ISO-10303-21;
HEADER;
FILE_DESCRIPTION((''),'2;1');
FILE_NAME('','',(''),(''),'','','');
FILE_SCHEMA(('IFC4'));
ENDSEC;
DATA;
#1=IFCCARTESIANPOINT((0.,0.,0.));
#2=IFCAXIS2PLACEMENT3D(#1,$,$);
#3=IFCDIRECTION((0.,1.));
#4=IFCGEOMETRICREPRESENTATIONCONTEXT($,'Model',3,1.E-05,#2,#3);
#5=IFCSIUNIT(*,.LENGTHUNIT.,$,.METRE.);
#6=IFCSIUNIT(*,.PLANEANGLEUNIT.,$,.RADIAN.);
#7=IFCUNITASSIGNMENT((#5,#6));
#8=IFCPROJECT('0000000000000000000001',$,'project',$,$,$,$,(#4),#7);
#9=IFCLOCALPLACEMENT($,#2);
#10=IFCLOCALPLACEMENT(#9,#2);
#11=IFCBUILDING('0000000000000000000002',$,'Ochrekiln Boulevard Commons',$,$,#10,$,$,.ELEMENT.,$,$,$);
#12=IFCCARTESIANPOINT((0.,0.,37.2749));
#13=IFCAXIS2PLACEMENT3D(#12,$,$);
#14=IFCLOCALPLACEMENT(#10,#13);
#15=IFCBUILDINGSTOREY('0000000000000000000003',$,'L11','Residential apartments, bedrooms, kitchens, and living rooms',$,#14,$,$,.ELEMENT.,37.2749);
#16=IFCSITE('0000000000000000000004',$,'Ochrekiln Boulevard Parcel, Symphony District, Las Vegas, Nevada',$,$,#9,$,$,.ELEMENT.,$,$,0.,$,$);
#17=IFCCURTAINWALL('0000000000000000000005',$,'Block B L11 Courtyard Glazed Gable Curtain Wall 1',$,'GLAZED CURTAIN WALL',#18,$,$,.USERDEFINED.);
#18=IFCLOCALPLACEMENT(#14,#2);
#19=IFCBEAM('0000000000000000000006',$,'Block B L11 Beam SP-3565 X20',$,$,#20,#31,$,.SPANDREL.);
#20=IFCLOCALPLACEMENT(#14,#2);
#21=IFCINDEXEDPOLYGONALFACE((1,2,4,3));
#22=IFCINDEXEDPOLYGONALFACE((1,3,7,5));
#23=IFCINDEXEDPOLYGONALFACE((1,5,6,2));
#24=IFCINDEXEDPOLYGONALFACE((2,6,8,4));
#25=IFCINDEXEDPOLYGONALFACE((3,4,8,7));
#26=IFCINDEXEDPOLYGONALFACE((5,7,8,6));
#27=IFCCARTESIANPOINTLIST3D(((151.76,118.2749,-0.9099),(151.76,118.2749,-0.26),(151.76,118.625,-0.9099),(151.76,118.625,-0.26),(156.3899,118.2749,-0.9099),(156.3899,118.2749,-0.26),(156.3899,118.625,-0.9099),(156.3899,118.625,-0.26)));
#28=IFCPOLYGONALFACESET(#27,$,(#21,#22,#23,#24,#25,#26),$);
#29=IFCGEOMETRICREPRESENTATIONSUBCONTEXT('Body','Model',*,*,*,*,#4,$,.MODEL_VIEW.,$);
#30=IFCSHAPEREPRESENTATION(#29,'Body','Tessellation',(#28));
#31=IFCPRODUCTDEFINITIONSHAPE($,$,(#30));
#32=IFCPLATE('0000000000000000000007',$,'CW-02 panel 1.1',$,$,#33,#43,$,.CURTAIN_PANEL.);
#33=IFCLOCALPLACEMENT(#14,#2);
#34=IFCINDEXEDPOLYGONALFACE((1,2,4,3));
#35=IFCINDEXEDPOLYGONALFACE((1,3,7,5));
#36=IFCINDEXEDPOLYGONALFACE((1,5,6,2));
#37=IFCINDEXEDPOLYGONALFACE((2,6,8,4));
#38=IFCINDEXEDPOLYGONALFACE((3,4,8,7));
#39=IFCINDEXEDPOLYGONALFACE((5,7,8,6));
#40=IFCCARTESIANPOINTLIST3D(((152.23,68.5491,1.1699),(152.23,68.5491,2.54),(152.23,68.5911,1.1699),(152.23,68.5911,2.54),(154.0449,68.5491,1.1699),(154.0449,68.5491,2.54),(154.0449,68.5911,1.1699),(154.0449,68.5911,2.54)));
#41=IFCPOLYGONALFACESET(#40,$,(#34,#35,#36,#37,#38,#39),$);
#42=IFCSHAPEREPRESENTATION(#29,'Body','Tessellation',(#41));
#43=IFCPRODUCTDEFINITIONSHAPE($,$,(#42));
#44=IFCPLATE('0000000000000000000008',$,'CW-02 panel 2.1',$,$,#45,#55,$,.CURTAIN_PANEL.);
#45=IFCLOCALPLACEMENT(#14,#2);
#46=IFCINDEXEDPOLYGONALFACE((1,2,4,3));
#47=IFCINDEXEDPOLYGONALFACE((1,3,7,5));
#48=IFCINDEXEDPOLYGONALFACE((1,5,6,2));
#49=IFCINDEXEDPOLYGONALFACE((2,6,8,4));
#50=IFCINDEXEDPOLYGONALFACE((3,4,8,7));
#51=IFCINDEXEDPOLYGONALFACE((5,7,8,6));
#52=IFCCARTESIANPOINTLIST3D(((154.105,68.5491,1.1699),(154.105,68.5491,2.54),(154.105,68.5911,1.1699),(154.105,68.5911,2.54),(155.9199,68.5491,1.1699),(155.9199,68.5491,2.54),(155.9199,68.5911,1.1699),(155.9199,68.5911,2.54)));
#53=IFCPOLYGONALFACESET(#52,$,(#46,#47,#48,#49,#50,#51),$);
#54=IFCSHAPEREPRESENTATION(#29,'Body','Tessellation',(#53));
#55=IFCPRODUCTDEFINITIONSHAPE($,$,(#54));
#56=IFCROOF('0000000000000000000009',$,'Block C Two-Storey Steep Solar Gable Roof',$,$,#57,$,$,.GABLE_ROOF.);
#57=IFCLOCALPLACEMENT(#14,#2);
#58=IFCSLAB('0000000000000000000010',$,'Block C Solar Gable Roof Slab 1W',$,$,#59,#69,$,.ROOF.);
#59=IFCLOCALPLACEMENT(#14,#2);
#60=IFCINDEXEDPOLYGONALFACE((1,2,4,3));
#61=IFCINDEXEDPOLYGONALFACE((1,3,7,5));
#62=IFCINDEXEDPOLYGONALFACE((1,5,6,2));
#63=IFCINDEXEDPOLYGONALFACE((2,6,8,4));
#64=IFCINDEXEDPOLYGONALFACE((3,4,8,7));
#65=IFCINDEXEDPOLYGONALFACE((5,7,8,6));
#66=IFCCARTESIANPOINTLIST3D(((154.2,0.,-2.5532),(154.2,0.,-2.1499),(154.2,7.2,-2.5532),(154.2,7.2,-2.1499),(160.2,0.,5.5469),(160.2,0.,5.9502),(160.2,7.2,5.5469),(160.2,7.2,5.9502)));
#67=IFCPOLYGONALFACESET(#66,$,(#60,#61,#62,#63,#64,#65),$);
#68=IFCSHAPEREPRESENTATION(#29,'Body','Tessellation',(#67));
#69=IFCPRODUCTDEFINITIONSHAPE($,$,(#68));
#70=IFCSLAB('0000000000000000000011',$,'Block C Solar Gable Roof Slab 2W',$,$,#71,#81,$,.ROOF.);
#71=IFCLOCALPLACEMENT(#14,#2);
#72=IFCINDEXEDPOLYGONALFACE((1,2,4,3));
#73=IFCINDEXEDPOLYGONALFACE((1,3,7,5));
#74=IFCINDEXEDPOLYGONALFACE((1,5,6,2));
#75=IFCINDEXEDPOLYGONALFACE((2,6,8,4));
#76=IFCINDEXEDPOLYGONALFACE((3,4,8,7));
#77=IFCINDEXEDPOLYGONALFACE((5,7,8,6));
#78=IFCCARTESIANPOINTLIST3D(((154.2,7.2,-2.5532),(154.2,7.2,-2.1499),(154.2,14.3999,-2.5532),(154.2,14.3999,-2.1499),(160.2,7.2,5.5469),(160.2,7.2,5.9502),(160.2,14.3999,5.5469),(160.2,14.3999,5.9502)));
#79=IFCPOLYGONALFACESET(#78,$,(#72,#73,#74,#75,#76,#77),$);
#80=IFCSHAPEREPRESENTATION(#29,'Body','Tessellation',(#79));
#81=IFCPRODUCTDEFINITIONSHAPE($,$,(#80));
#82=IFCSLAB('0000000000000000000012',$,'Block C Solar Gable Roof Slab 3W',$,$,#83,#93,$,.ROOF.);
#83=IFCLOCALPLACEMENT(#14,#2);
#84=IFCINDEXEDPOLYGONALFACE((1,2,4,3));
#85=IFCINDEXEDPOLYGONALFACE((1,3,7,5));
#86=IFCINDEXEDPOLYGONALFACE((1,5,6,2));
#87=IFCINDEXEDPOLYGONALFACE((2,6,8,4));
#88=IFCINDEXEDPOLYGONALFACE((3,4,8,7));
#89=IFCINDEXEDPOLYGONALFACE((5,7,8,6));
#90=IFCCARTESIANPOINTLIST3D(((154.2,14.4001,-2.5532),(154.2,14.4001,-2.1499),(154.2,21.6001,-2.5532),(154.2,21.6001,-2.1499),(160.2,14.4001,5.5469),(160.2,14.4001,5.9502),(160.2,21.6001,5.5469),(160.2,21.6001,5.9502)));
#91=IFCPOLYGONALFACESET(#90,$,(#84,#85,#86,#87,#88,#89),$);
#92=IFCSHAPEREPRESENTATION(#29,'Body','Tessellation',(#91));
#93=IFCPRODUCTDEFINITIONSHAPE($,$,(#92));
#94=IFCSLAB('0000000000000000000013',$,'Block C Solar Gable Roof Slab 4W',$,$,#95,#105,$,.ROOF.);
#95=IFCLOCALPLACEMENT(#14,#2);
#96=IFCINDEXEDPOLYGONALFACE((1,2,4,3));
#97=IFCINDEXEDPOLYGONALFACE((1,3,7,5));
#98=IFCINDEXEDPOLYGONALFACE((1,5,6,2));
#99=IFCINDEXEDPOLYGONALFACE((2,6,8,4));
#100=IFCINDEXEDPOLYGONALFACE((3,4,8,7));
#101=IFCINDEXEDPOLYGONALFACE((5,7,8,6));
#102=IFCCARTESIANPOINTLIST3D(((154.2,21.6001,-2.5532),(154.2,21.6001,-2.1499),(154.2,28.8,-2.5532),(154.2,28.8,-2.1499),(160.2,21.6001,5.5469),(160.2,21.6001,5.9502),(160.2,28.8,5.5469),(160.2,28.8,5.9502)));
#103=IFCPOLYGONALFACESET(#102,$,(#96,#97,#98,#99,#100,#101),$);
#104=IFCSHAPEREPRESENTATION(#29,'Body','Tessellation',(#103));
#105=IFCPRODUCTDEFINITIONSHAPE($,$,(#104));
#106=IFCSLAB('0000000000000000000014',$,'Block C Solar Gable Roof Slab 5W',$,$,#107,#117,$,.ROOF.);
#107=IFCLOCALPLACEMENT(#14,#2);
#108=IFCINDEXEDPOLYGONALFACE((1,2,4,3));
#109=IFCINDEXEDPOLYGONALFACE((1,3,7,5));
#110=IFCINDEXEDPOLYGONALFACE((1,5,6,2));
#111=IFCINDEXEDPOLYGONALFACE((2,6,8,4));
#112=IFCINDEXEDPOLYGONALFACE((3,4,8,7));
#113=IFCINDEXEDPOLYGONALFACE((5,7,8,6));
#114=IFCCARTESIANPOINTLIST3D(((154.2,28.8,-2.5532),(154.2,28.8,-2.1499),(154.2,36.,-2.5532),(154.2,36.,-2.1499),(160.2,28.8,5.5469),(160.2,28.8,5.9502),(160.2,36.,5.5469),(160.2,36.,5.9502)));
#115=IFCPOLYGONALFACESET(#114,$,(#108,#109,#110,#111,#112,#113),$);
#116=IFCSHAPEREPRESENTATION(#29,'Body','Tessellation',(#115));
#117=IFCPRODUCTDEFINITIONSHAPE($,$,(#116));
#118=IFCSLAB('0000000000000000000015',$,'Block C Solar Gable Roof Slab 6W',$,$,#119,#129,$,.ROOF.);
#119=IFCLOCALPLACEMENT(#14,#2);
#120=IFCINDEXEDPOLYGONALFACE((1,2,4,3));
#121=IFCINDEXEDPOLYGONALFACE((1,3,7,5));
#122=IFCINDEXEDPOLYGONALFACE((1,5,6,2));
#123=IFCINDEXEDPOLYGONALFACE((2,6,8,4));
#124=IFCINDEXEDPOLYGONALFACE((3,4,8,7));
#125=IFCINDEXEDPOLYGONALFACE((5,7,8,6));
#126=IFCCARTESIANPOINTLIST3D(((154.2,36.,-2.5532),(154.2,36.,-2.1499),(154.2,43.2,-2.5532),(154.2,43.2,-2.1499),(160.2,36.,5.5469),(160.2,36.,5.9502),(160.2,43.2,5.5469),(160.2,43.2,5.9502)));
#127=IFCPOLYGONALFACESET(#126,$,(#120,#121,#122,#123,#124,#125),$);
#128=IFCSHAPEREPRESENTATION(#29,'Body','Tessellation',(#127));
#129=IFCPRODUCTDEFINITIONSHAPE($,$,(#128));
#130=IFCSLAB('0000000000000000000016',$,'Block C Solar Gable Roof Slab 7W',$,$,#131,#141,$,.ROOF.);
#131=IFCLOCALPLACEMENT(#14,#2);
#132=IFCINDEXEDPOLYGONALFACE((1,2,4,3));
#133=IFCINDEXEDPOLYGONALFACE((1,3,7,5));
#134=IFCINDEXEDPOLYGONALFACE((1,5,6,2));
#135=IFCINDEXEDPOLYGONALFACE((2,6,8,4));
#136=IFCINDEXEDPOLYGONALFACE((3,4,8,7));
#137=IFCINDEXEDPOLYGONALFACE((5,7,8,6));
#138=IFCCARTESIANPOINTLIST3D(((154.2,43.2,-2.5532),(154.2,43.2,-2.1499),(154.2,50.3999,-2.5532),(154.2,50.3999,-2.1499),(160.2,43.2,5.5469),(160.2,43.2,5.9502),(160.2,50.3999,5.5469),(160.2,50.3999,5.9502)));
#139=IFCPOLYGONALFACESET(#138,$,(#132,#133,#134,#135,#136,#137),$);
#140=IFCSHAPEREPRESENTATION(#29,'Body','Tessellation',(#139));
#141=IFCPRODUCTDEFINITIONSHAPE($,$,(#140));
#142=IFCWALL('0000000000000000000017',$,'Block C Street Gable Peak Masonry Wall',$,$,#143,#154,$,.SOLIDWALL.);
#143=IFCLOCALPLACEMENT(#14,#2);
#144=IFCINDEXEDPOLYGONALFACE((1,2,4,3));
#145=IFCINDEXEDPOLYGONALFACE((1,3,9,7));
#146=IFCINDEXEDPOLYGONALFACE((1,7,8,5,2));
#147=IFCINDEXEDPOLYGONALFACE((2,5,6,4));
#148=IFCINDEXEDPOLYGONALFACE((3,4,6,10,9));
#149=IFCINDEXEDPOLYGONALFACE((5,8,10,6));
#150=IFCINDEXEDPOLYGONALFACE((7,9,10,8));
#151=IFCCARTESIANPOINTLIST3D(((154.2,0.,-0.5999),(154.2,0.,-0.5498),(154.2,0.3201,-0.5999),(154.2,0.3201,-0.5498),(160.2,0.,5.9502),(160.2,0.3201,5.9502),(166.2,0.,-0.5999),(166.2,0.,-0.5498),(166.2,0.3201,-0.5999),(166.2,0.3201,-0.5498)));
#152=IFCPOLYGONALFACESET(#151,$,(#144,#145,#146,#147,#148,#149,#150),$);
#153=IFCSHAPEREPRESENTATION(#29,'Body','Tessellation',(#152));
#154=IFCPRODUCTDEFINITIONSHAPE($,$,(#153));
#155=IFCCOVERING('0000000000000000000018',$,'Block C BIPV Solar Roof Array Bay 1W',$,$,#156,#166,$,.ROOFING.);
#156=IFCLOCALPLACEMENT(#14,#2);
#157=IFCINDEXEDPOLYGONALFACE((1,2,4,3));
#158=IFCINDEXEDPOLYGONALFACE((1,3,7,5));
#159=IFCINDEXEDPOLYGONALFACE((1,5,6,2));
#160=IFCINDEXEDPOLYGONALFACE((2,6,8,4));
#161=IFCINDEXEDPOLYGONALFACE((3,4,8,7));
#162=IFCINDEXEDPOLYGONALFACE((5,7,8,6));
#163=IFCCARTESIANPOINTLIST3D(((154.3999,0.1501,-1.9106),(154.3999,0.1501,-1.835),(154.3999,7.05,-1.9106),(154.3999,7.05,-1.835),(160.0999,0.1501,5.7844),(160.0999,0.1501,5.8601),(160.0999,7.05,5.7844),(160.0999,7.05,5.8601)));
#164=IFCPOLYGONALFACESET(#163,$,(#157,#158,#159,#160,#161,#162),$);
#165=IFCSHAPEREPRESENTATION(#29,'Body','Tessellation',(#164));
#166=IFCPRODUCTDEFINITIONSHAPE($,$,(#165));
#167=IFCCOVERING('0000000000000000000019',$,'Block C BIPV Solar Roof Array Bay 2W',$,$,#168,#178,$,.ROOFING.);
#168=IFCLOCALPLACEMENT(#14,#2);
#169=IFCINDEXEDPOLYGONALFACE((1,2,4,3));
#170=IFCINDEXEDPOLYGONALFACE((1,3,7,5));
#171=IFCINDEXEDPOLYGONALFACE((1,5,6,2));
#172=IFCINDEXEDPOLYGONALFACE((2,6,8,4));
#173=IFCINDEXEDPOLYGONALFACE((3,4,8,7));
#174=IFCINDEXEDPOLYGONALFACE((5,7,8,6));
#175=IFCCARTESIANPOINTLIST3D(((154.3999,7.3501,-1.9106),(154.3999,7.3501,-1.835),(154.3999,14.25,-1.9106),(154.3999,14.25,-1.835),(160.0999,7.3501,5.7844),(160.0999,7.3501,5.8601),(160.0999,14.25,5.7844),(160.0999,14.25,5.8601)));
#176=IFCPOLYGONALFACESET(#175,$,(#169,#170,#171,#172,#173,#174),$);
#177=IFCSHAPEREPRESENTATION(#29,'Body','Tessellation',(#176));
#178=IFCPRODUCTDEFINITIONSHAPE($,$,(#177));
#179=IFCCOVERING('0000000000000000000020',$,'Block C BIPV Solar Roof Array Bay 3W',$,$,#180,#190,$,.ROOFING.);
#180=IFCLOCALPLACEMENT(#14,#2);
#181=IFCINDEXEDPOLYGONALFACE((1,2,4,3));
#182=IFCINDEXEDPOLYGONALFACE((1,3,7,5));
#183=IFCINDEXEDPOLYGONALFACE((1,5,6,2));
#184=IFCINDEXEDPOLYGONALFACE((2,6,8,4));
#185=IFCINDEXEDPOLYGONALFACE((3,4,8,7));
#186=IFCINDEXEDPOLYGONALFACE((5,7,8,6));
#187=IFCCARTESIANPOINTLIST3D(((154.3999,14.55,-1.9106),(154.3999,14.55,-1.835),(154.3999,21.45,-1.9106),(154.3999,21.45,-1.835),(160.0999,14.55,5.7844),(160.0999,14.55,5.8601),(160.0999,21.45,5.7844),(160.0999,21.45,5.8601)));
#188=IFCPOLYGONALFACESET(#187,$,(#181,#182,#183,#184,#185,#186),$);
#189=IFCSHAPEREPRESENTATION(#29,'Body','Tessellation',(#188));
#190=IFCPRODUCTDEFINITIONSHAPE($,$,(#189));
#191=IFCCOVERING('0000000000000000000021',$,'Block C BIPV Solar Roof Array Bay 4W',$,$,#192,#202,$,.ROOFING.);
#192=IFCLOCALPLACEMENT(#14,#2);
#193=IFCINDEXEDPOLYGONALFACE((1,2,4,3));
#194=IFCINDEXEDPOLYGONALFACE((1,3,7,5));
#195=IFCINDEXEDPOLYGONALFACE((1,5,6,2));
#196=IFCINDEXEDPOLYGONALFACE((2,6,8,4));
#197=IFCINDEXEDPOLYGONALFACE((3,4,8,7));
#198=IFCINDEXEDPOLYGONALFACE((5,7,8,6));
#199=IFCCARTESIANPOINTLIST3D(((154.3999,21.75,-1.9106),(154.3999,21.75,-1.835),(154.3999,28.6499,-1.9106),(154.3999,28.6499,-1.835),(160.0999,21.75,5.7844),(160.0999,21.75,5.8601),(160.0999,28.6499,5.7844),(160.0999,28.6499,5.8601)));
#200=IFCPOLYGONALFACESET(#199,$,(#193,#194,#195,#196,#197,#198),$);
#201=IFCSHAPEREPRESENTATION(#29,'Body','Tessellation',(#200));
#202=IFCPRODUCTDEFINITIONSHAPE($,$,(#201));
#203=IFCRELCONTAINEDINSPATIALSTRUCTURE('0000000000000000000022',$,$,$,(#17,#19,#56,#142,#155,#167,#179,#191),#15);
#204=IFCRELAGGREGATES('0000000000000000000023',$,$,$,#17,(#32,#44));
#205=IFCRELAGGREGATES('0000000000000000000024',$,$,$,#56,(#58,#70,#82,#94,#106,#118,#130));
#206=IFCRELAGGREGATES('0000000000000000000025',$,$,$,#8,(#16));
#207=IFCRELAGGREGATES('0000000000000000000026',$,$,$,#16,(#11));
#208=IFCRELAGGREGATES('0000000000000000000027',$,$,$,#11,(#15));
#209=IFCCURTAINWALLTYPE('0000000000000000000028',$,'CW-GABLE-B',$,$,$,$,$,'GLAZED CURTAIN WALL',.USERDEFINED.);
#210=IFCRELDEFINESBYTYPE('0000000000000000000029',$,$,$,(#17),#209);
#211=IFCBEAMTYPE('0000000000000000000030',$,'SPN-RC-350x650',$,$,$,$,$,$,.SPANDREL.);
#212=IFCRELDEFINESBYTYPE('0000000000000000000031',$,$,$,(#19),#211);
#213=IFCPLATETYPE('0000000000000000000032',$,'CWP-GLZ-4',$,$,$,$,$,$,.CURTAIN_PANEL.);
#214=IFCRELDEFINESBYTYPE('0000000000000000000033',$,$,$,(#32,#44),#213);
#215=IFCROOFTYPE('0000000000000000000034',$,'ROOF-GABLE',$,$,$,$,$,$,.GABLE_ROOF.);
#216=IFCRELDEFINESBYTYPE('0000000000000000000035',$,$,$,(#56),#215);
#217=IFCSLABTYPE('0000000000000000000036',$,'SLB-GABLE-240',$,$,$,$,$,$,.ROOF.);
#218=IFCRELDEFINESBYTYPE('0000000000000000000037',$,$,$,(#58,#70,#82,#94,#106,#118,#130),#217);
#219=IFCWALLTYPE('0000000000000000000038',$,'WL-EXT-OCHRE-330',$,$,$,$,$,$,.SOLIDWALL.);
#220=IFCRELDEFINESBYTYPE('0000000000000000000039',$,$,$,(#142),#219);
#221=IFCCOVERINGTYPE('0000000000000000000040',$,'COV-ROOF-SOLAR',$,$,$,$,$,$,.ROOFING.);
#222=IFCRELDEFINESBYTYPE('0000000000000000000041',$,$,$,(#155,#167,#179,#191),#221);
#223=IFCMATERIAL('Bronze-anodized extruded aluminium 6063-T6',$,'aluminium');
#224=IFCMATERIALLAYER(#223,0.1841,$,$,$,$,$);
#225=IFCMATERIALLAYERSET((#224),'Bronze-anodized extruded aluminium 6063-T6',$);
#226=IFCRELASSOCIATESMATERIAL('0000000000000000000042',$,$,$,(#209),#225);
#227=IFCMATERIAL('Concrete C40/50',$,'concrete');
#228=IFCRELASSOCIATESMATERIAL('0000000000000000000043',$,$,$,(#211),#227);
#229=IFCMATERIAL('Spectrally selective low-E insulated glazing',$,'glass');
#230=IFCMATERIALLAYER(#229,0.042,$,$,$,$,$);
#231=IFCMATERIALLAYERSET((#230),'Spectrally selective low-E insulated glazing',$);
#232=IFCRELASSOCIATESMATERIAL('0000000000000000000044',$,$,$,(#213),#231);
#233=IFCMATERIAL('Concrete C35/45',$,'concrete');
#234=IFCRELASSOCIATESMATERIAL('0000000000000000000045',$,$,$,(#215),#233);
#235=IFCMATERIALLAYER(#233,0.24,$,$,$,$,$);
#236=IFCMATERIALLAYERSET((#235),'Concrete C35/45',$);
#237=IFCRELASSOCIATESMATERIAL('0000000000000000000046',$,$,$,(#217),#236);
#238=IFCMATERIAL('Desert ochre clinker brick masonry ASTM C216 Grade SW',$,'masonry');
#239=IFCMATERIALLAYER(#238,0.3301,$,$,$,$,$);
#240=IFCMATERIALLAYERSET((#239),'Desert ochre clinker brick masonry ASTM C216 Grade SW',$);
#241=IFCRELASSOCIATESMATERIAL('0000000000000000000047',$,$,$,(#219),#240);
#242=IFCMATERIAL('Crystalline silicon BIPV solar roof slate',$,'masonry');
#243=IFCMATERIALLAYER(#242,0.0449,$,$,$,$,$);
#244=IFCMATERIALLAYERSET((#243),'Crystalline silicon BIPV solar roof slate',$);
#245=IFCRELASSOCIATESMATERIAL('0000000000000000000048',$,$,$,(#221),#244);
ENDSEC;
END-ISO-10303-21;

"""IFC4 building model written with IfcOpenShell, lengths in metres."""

from ifc_helpers import new_model, si_unit, direction, frame, origin, origin_2d, place, context, subcontext, project, spatial, polyline, rectangle, outline, extrude, material, layer, layer_set, material_profile, profile_set, type_object, element, aggregate, save


model = new_model("IFC4")

# Units and contexts
model_context = context("Model", 3, precision=1e-05, world=origin(), true_north=direction((0.0, 1.0)))
body_context = subcontext(model_context, "Body", "Model", "MODEL_VIEW")
ifc_project = project(units=[si_unit("LENGTHUNIT", "METRE"), si_unit("PLANEANGLEUNIT", "RADIAN")], contexts=[model_context])

# Site, building, storey
site_placement = place(None, origin())
site = spatial("IfcSite", under=ifc_project, at=site_placement, Name="Ochrekiln Boulevard Parcel, Symphony District, Las Vegas, Nevada", CompositionType="ELEMENT", RefElevation=0.0)
building_placement = place(site_placement, origin())
building = spatial("IfcBuilding", under=site, at=building_placement, Name="Ochrekiln Boulevard Commons", CompositionType="ELEMENT")
storey_placement = place(building_placement, frame((0.0, 0.0, 37.2749)))
storey = spatial("IfcBuildingStorey", under=building, at=storey_placement, Name="L11", Description="Residential apartments, bedrooms, kitchens, and living rooms", CompositionType="ELEMENT", Elevation=37.2749)

# Shared definitions
ifc_material_1 = material(Name="Concrete C35/45", Category="concrete")

# Curtain wall
ifc_material_2 = material(Name="Bronze-anodized extruded aluminium 6063-T6", Category="aluminium")
ifc_layer_1 = layer(ifc_material_2, 0.1841)
ifc_layer_set_1 = layer_set([ifc_layer_1], Name="Bronze-anodized extruded aluminium 6063-T6")
curtain_wall_type = type_object("IfcCurtainWallType", Name="CW-GABLE-B", ElementType="GLAZED CURTAIN WALL", PredefinedType="USERDEFINED", material=ifc_layer_set_1)
curtain_wall_placement = place(storey_placement, origin())
curtain_wall = element("IfcCurtainWall", 1, at=curtain_wall_placement, inside=storey, type_object=curtain_wall_type, Name="Block B L11 Courtyard Glazed Gable Curtain Wall 1", ObjectType="GLAZED CURTAIN WALL", PredefinedType="USERDEFINED")

# Beam
ifc_material_3 = material(Name="Concrete C40/50", Category="concrete")
ifc_material_profile_1 = material_profile(ifc_material_3, rectangle(XDim=0.3501, YDim=0.6499, at=origin_2d()), Name="RC-SPN-350x650")
ifc_profile_set_1 = profile_set([ifc_material_profile_1], Name="Concrete C40/50")
beam_type_1 = type_object("IfcBeamType", Name="SPN-RC-350x650", PredefinedType="SPANDREL", material=ifc_profile_set_1)
for number, where, z_axis, x_axis, name in (
    (2, (151.76, 118.45, -0.585), (1.0, 0.0, 0.0), (0.0, 1.0, 0.0), "Block B L11 Beam SP-3565 X20"),
):
    element("IfcBeam", number, at=place(storey_placement, frame(where, z_axis=z_axis, x_axis=x_axis)), inside=storey, type_object=beam_type_1, Name=name, PredefinedType="SPANDREL", context=body_context, shape_type="SweptSolid", body=[
        extrude(rectangle(XDim=0.3501, YDim=0.6499, at=origin_2d()), origin(), (0.0, 0.0, 1.0), 4.6299),
    ])

# Plates
ifc_material_4 = material(Name="Spectrally selective low-E insulated glazing", Category="glass")
ifc_layer_2 = layer(ifc_material_4, 0.042)
ifc_layer_set_2 = layer_set([ifc_layer_2], Name="Spectrally selective low-E insulated glazing")
plate_type = type_object("IfcPlateType", Name="CWP-GLZ-4", PredefinedType="CURTAIN_PANEL", material=ifc_layer_set_2)
plate_1_placement = place(storey_placement, frame((153.1375, 68.5701, 1.1699), z_axis=(0.0, 0.0, 1.0), x_axis=(1.0, 0.0, 0.0)))
plate_1 = element("IfcPlate", 3, at=plate_1_placement, type_object=plate_type, Name="CW-02 panel 1.1", PredefinedType="CURTAIN_PANEL", context=body_context, shape_type="SweptSolid", body=[
    extrude(rectangle(XDim=1.8149, YDim=0.042, at=origin_2d()), origin(), (0.0, 0.0, 1.0), 1.3701),
])
plate_2_placement = place(storey_placement, frame((155.0125, 68.5701, 1.1699), z_axis=(0.0, 0.0, 1.0), x_axis=(1.0, 0.0, 0.0)))
plate_2 = element("IfcPlate", 4, at=plate_2_placement, type_object=plate_type, Name="CW-02 panel 2.1", PredefinedType="CURTAIN_PANEL", context=body_context, shape_type="SweptSolid", body=[
    extrude(rectangle(XDim=1.8149, YDim=0.042, at=origin_2d()), origin(), (0.0, 0.0, 1.0), 1.3701),
])
aggregate(curtain_wall, [plate_1, plate_2])

# Roof, slabs
roof_type = type_object("IfcRoofType", Name="ROOF-GABLE", PredefinedType="GABLE_ROOF", material=ifc_material_1)
roof_placement = place(storey_placement, origin())
roof = element("IfcRoof", 5, at=roof_placement, inside=storey, type_object=roof_type, Name="Block C Two-Storey Steep Solar Gable Roof", PredefinedType="GABLE_ROOF")
ifc_layer_3 = layer(ifc_material_1, 0.24)
ifc_layer_set_3 = layer_set([ifc_layer_3], Name="Concrete C35/45")
slab_type = type_object("IfcSlabType", Name="SLB-GABLE-240", PredefinedType="ROOF", material=ifc_layer_set_3)
slab_1_placement = place(storey_placement, frame((154.2, 7.2, -2.1499), z_axis=(0.0, -1.0, 0.0), x_axis=(1.0, 0.0, 0.0)))
slab_1 = element("IfcSlab", 6, at=slab_1_placement, type_object=slab_type, Name="Block C Solar Gable Roof Slab 1W", PredefinedType="ROOF", context=body_context, shape_type="SweptSolid", body=[
    extrude(outline(polyline([(0.0, 0.0), (6.0, 8.1001), (6.0, 7.6968), (0.0, -0.4033), (0.0, 0.0)])), origin(), (0.0, 0.0, 1.0), 7.2),
])
slab_2_placement = place(storey_placement, frame((154.2, 14.3999, -2.1499), z_axis=(0.0, -1.0, 0.0), x_axis=(1.0, 0.0, 0.0)))
slab_2 = element("IfcSlab", 7, at=slab_2_placement, type_object=slab_type, Name="Block C Solar Gable Roof Slab 2W", PredefinedType="ROOF", context=body_context, shape_type="SweptSolid", body=[
    extrude(outline(polyline([(0.0, 0.0), (6.0, 8.1001), (6.0, 7.6968), (0.0, -0.4033), (0.0, 0.0)])), origin(), (0.0, 0.0, 1.0), 7.2),
])
slab_3_placement = place(storey_placement, frame((154.2, 21.6001, -2.1499), z_axis=(0.0, -1.0, 0.0), x_axis=(1.0, 0.0, 0.0)))
slab_3 = element("IfcSlab", 8, at=slab_3_placement, type_object=slab_type, Name="Block C Solar Gable Roof Slab 3W", PredefinedType="ROOF", context=body_context, shape_type="SweptSolid", body=[
    extrude(outline(polyline([(0.0, 0.0), (6.0, 8.1001), (6.0, 7.6968), (0.0, -0.4033), (0.0, 0.0)])), origin(), (0.0, 0.0, 1.0), 7.2),
])
slab_4_placement = place(storey_placement, frame((154.2, 28.8, -2.1499), z_axis=(0.0, -1.0, 0.0), x_axis=(1.0, 0.0, 0.0)))
slab_4 = element("IfcSlab", 9, at=slab_4_placement, type_object=slab_type, Name="Block C Solar Gable Roof Slab 4W", PredefinedType="ROOF", context=body_context, shape_type="SweptSolid", body=[
    extrude(outline(polyline([(0.0, 0.0), (6.0, 8.1001), (6.0, 7.6968), (0.0, -0.4033), (0.0, 0.0)])), origin(), (0.0, 0.0, 1.0), 7.2),
])
slab_5_placement = place(storey_placement, frame((154.2, 36.0, -2.1499), z_axis=(0.0, -1.0, 0.0), x_axis=(1.0, 0.0, 0.0)))
slab_5 = element("IfcSlab", 10, at=slab_5_placement, type_object=slab_type, Name="Block C Solar Gable Roof Slab 5W", PredefinedType="ROOF", context=body_context, shape_type="SweptSolid", body=[
    extrude(outline(polyline([(0.0, 0.0), (6.0, 8.1001), (6.0, 7.6968), (0.0, -0.4033), (0.0, 0.0)])), origin(), (0.0, 0.0, 1.0), 7.2),
])
slab_6_placement = place(storey_placement, frame((154.2, 43.2, -2.1499), z_axis=(0.0, -1.0, 0.0), x_axis=(1.0, 0.0, 0.0)))
slab_6 = element("IfcSlab", 11, at=slab_6_placement, type_object=slab_type, Name="Block C Solar Gable Roof Slab 6W", PredefinedType="ROOF", context=body_context, shape_type="SweptSolid", body=[
    extrude(outline(polyline([(0.0, 0.0), (6.0, 8.1001), (6.0, 7.6968), (0.0, -0.4033), (0.0, 0.0)])), origin(), (0.0, 0.0, 1.0), 7.2),
])
slab_7_placement = place(storey_placement, frame((154.2, 50.3999, -2.1499), z_axis=(0.0, -1.0, 0.0), x_axis=(1.0, 0.0, 0.0)))
slab_7 = element("IfcSlab", 12, at=slab_7_placement, type_object=slab_type, Name="Block C Solar Gable Roof Slab 7W", PredefinedType="ROOF", context=body_context, shape_type="SweptSolid", body=[
    extrude(outline(polyline([(0.0, 0.0), (6.0, 8.1001), (6.0, 7.6968), (0.0, -0.4033), (0.0, 0.0)])), origin(), (0.0, 0.0, 1.0), 7.2),
])
aggregate(roof, [slab_1, slab_2, slab_3, slab_4, slab_5, slab_6, slab_7])

# Wall
ifc_material_5 = material(Name="Desert ochre clinker brick masonry ASTM C216 Grade SW", Category="masonry")
ifc_layer_4 = layer(ifc_material_5, 0.3301)
ifc_layer_set_4 = layer_set([ifc_layer_4], Name="Desert ochre clinker brick masonry ASTM C216 Grade SW")
wall_type = type_object("IfcWallType", Name="WL-EXT-OCHRE-330", PredefinedType="SOLIDWALL", material=ifc_layer_set_4)
wall_placement = place(storey_placement, frame((154.2, 0.1599, -0.5999), z_axis=(0.0, 0.0, 1.0), x_axis=(1.0, 0.0, 0.0)))
element("IfcWall", 13, at=wall_placement, inside=storey, type_object=wall_type, Name="Block C Street Gable Peak Masonry Wall", PredefinedType="SOLIDWALL", context=body_context, shape_type="SweptSolid", body=[
    extrude(outline(polyline([(0.0, 0.0), (12.0, 0.0), (12.0, 0.05), (6.0, 6.55), (0.0, 0.05), (0.0, 0.0)])), frame((0.0, 0.1602, 0.0), z_axis=(0.0, -1.0, 0.0), x_axis=(1.0, 0.0, 0.0)), (0.0, 0.0, 1.0), 0.3201),
])

# Coverings
ifc_material_6 = material(Name="Crystalline silicon BIPV solar roof slate", Category="masonry")
ifc_layer_5 = layer(ifc_material_6, 0.0449)
ifc_layer_set_5 = layer_set([ifc_layer_5], Name="Crystalline silicon BIPV solar roof slate")
covering_type = type_object("IfcCoveringType", Name="COV-ROOF-SOLAR", PredefinedType="ROOFING", material=ifc_layer_set_5)
for number, where, z_axis, x_axis, name in (
    (14, (154.3999, 7.05, -1.835), (0.0, -1.0, 0.0), (1.0, 0.0, 0.0), "Block C BIPV Solar Roof Array Bay 1W"),
    (15, (154.3999, 14.25, -1.835), (0.0, -1.0, 0.0), (1.0, 0.0, 0.0), "Block C BIPV Solar Roof Array Bay 2W"),
    (16, (154.3999, 21.45, -1.835), (0.0, -1.0, 0.0), (1.0, 0.0, 0.0), "Block C BIPV Solar Roof Array Bay 3W"),
    (17, (154.3999, 28.6499, -1.835), (0.0, -1.0, 0.0), (1.0, 0.0, 0.0), "Block C BIPV Solar Roof Array Bay 4W"),
):
    element("IfcCovering", number, at=place(storey_placement, frame(where, z_axis=z_axis, x_axis=x_axis)), inside=storey, type_object=covering_type, Name=name, PredefinedType="ROOFING", context=body_context, shape_type="SweptSolid", body=[
        extrude(outline(polyline([(0.0, 0.0), (5.7, 7.6951), (5.7, 7.6194), (0.0, -0.0757), (0.0, 0.0)])), origin(), (0.0, 0.0, 1.0), 6.8999),
    ])

save(model, "model.ifc")
